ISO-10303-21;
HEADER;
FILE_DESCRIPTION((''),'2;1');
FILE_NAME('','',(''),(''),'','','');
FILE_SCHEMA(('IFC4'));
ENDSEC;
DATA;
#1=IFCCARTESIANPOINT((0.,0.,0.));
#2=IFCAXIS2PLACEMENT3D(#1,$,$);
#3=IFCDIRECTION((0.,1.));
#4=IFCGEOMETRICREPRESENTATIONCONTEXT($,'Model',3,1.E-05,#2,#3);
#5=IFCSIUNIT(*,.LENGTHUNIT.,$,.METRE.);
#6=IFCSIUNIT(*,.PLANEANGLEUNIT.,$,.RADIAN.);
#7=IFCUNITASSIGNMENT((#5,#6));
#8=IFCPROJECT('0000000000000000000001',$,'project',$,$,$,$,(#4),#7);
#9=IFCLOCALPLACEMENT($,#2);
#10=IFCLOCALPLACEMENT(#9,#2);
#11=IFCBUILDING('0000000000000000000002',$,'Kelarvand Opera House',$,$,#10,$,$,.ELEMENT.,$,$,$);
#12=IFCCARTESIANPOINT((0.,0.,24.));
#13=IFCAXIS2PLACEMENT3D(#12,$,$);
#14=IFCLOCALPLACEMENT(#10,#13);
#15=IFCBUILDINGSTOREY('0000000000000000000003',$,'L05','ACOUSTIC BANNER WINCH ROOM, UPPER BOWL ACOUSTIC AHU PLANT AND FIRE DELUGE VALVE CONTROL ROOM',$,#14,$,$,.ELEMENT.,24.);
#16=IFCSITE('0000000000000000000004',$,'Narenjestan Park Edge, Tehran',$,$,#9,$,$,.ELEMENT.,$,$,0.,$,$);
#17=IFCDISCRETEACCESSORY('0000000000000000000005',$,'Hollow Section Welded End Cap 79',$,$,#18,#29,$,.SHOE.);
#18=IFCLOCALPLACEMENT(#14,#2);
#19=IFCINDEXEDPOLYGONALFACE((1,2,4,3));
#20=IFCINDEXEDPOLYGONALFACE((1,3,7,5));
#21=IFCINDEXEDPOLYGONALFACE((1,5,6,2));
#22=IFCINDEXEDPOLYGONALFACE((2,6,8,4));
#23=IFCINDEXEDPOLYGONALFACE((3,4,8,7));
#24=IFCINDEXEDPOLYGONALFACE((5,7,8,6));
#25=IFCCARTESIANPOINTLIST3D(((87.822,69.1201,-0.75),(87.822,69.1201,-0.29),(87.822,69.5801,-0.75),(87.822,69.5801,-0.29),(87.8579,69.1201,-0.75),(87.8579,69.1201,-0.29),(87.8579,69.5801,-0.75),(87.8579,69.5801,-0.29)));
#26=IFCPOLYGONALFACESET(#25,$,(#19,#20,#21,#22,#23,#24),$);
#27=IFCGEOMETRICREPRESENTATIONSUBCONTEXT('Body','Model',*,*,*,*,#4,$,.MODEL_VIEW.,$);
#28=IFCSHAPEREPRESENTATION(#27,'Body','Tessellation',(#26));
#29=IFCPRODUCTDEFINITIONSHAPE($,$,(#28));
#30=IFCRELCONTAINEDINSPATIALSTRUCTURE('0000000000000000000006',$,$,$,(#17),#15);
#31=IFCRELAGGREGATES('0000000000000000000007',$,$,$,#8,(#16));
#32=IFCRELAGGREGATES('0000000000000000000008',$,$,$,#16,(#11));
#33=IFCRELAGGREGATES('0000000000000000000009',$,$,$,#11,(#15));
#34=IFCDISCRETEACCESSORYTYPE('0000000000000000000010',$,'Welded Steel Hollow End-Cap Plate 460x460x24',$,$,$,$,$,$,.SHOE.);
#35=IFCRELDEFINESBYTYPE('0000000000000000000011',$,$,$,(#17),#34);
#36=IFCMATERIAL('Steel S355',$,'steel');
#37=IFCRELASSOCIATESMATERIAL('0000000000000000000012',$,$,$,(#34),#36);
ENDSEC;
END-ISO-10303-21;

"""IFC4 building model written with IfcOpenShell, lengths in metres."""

from ifc_helpers import new_model, si_unit, direction, frame, origin, origin_2d, place, context, subcontext, project, spatial, rectangle, extrude, material, material_profile, profile_set, type_object, element, save


model = new_model("IFC4")

# Units and contexts
model_context = context("Model", 3, precision=1e-05, world=origin(), true_north=direction((0.0, 1.0)))
body_context = subcontext(model_context, "Body", "Model", "MODEL_VIEW")
ifc_project = project(units=[si_unit("LENGTHUNIT", "METRE"), si_unit("PLANEANGLEUNIT", "RADIAN")], contexts=[model_context])

# Site, building, storey
site_placement = place(None, origin())
site = spatial("IfcSite", under=ifc_project, at=site_placement, Name="Narenjestan Park Edge, Tehran", CompositionType="ELEMENT", RefElevation=0.0)
building_placement = place(site_placement, origin())
building = spatial("IfcBuilding", under=site, at=building_placement, Name="Kelarvand Opera House", CompositionType="ELEMENT")
storey_placement = place(building_placement, frame((0.0, 0.0, 24.0)))
storey = spatial("IfcBuildingStorey", under=building, at=storey_placement, Name="L05", Description="ACOUSTIC BANNER WINCH ROOM, UPPER BOWL ACOUSTIC AHU PLANT AND FIRE DELUGE VALVE CONTROL ROOM", CompositionType="ELEMENT", Elevation=24.0)

# Shared definitions
ifc_material_1 = material(Name="Steel S355", Category="steel")

# Discrete accessory
ifc_material_profile_1 = material_profile(ifc_material_1, rectangle(XDim=0.46, YDim=0.46, at=origin_2d()), Name="Welded Steel Hollow End-Cap Plate 460x460x24", Category="steel")
ifc_profile_set_1 = profile_set([ifc_material_profile_1], Name="Steel S355")
discrete_accessory_type_1 = type_object("IfcDiscreteAccessoryType", Name="Welded Steel Hollow End-Cap Plate 460x460x24", PredefinedType="SHOE", material=ifc_profile_set_1)
discrete_accessory_1_placement = place(storey_placement, frame((87.8579, 69.3501, -0.52), z_axis=(-1.0, 0.0, 0.0), x_axis=(0.0, -1.0, 0.0)))
element("IfcDiscreteAccessory", 1, at=discrete_accessory_1_placement, inside=storey, type_object=discrete_accessory_type_1, Name="Hollow Section Welded End Cap 79", PredefinedType="SHOE", context=body_context, shape_type="SweptSolid", body=[
    extrude(rectangle(XDim=0.46, YDim=0.46, at=origin_2d()), origin(), (0.0, 0.0, 1.0), 0.0359),
])

save(model, "model.ifc")
